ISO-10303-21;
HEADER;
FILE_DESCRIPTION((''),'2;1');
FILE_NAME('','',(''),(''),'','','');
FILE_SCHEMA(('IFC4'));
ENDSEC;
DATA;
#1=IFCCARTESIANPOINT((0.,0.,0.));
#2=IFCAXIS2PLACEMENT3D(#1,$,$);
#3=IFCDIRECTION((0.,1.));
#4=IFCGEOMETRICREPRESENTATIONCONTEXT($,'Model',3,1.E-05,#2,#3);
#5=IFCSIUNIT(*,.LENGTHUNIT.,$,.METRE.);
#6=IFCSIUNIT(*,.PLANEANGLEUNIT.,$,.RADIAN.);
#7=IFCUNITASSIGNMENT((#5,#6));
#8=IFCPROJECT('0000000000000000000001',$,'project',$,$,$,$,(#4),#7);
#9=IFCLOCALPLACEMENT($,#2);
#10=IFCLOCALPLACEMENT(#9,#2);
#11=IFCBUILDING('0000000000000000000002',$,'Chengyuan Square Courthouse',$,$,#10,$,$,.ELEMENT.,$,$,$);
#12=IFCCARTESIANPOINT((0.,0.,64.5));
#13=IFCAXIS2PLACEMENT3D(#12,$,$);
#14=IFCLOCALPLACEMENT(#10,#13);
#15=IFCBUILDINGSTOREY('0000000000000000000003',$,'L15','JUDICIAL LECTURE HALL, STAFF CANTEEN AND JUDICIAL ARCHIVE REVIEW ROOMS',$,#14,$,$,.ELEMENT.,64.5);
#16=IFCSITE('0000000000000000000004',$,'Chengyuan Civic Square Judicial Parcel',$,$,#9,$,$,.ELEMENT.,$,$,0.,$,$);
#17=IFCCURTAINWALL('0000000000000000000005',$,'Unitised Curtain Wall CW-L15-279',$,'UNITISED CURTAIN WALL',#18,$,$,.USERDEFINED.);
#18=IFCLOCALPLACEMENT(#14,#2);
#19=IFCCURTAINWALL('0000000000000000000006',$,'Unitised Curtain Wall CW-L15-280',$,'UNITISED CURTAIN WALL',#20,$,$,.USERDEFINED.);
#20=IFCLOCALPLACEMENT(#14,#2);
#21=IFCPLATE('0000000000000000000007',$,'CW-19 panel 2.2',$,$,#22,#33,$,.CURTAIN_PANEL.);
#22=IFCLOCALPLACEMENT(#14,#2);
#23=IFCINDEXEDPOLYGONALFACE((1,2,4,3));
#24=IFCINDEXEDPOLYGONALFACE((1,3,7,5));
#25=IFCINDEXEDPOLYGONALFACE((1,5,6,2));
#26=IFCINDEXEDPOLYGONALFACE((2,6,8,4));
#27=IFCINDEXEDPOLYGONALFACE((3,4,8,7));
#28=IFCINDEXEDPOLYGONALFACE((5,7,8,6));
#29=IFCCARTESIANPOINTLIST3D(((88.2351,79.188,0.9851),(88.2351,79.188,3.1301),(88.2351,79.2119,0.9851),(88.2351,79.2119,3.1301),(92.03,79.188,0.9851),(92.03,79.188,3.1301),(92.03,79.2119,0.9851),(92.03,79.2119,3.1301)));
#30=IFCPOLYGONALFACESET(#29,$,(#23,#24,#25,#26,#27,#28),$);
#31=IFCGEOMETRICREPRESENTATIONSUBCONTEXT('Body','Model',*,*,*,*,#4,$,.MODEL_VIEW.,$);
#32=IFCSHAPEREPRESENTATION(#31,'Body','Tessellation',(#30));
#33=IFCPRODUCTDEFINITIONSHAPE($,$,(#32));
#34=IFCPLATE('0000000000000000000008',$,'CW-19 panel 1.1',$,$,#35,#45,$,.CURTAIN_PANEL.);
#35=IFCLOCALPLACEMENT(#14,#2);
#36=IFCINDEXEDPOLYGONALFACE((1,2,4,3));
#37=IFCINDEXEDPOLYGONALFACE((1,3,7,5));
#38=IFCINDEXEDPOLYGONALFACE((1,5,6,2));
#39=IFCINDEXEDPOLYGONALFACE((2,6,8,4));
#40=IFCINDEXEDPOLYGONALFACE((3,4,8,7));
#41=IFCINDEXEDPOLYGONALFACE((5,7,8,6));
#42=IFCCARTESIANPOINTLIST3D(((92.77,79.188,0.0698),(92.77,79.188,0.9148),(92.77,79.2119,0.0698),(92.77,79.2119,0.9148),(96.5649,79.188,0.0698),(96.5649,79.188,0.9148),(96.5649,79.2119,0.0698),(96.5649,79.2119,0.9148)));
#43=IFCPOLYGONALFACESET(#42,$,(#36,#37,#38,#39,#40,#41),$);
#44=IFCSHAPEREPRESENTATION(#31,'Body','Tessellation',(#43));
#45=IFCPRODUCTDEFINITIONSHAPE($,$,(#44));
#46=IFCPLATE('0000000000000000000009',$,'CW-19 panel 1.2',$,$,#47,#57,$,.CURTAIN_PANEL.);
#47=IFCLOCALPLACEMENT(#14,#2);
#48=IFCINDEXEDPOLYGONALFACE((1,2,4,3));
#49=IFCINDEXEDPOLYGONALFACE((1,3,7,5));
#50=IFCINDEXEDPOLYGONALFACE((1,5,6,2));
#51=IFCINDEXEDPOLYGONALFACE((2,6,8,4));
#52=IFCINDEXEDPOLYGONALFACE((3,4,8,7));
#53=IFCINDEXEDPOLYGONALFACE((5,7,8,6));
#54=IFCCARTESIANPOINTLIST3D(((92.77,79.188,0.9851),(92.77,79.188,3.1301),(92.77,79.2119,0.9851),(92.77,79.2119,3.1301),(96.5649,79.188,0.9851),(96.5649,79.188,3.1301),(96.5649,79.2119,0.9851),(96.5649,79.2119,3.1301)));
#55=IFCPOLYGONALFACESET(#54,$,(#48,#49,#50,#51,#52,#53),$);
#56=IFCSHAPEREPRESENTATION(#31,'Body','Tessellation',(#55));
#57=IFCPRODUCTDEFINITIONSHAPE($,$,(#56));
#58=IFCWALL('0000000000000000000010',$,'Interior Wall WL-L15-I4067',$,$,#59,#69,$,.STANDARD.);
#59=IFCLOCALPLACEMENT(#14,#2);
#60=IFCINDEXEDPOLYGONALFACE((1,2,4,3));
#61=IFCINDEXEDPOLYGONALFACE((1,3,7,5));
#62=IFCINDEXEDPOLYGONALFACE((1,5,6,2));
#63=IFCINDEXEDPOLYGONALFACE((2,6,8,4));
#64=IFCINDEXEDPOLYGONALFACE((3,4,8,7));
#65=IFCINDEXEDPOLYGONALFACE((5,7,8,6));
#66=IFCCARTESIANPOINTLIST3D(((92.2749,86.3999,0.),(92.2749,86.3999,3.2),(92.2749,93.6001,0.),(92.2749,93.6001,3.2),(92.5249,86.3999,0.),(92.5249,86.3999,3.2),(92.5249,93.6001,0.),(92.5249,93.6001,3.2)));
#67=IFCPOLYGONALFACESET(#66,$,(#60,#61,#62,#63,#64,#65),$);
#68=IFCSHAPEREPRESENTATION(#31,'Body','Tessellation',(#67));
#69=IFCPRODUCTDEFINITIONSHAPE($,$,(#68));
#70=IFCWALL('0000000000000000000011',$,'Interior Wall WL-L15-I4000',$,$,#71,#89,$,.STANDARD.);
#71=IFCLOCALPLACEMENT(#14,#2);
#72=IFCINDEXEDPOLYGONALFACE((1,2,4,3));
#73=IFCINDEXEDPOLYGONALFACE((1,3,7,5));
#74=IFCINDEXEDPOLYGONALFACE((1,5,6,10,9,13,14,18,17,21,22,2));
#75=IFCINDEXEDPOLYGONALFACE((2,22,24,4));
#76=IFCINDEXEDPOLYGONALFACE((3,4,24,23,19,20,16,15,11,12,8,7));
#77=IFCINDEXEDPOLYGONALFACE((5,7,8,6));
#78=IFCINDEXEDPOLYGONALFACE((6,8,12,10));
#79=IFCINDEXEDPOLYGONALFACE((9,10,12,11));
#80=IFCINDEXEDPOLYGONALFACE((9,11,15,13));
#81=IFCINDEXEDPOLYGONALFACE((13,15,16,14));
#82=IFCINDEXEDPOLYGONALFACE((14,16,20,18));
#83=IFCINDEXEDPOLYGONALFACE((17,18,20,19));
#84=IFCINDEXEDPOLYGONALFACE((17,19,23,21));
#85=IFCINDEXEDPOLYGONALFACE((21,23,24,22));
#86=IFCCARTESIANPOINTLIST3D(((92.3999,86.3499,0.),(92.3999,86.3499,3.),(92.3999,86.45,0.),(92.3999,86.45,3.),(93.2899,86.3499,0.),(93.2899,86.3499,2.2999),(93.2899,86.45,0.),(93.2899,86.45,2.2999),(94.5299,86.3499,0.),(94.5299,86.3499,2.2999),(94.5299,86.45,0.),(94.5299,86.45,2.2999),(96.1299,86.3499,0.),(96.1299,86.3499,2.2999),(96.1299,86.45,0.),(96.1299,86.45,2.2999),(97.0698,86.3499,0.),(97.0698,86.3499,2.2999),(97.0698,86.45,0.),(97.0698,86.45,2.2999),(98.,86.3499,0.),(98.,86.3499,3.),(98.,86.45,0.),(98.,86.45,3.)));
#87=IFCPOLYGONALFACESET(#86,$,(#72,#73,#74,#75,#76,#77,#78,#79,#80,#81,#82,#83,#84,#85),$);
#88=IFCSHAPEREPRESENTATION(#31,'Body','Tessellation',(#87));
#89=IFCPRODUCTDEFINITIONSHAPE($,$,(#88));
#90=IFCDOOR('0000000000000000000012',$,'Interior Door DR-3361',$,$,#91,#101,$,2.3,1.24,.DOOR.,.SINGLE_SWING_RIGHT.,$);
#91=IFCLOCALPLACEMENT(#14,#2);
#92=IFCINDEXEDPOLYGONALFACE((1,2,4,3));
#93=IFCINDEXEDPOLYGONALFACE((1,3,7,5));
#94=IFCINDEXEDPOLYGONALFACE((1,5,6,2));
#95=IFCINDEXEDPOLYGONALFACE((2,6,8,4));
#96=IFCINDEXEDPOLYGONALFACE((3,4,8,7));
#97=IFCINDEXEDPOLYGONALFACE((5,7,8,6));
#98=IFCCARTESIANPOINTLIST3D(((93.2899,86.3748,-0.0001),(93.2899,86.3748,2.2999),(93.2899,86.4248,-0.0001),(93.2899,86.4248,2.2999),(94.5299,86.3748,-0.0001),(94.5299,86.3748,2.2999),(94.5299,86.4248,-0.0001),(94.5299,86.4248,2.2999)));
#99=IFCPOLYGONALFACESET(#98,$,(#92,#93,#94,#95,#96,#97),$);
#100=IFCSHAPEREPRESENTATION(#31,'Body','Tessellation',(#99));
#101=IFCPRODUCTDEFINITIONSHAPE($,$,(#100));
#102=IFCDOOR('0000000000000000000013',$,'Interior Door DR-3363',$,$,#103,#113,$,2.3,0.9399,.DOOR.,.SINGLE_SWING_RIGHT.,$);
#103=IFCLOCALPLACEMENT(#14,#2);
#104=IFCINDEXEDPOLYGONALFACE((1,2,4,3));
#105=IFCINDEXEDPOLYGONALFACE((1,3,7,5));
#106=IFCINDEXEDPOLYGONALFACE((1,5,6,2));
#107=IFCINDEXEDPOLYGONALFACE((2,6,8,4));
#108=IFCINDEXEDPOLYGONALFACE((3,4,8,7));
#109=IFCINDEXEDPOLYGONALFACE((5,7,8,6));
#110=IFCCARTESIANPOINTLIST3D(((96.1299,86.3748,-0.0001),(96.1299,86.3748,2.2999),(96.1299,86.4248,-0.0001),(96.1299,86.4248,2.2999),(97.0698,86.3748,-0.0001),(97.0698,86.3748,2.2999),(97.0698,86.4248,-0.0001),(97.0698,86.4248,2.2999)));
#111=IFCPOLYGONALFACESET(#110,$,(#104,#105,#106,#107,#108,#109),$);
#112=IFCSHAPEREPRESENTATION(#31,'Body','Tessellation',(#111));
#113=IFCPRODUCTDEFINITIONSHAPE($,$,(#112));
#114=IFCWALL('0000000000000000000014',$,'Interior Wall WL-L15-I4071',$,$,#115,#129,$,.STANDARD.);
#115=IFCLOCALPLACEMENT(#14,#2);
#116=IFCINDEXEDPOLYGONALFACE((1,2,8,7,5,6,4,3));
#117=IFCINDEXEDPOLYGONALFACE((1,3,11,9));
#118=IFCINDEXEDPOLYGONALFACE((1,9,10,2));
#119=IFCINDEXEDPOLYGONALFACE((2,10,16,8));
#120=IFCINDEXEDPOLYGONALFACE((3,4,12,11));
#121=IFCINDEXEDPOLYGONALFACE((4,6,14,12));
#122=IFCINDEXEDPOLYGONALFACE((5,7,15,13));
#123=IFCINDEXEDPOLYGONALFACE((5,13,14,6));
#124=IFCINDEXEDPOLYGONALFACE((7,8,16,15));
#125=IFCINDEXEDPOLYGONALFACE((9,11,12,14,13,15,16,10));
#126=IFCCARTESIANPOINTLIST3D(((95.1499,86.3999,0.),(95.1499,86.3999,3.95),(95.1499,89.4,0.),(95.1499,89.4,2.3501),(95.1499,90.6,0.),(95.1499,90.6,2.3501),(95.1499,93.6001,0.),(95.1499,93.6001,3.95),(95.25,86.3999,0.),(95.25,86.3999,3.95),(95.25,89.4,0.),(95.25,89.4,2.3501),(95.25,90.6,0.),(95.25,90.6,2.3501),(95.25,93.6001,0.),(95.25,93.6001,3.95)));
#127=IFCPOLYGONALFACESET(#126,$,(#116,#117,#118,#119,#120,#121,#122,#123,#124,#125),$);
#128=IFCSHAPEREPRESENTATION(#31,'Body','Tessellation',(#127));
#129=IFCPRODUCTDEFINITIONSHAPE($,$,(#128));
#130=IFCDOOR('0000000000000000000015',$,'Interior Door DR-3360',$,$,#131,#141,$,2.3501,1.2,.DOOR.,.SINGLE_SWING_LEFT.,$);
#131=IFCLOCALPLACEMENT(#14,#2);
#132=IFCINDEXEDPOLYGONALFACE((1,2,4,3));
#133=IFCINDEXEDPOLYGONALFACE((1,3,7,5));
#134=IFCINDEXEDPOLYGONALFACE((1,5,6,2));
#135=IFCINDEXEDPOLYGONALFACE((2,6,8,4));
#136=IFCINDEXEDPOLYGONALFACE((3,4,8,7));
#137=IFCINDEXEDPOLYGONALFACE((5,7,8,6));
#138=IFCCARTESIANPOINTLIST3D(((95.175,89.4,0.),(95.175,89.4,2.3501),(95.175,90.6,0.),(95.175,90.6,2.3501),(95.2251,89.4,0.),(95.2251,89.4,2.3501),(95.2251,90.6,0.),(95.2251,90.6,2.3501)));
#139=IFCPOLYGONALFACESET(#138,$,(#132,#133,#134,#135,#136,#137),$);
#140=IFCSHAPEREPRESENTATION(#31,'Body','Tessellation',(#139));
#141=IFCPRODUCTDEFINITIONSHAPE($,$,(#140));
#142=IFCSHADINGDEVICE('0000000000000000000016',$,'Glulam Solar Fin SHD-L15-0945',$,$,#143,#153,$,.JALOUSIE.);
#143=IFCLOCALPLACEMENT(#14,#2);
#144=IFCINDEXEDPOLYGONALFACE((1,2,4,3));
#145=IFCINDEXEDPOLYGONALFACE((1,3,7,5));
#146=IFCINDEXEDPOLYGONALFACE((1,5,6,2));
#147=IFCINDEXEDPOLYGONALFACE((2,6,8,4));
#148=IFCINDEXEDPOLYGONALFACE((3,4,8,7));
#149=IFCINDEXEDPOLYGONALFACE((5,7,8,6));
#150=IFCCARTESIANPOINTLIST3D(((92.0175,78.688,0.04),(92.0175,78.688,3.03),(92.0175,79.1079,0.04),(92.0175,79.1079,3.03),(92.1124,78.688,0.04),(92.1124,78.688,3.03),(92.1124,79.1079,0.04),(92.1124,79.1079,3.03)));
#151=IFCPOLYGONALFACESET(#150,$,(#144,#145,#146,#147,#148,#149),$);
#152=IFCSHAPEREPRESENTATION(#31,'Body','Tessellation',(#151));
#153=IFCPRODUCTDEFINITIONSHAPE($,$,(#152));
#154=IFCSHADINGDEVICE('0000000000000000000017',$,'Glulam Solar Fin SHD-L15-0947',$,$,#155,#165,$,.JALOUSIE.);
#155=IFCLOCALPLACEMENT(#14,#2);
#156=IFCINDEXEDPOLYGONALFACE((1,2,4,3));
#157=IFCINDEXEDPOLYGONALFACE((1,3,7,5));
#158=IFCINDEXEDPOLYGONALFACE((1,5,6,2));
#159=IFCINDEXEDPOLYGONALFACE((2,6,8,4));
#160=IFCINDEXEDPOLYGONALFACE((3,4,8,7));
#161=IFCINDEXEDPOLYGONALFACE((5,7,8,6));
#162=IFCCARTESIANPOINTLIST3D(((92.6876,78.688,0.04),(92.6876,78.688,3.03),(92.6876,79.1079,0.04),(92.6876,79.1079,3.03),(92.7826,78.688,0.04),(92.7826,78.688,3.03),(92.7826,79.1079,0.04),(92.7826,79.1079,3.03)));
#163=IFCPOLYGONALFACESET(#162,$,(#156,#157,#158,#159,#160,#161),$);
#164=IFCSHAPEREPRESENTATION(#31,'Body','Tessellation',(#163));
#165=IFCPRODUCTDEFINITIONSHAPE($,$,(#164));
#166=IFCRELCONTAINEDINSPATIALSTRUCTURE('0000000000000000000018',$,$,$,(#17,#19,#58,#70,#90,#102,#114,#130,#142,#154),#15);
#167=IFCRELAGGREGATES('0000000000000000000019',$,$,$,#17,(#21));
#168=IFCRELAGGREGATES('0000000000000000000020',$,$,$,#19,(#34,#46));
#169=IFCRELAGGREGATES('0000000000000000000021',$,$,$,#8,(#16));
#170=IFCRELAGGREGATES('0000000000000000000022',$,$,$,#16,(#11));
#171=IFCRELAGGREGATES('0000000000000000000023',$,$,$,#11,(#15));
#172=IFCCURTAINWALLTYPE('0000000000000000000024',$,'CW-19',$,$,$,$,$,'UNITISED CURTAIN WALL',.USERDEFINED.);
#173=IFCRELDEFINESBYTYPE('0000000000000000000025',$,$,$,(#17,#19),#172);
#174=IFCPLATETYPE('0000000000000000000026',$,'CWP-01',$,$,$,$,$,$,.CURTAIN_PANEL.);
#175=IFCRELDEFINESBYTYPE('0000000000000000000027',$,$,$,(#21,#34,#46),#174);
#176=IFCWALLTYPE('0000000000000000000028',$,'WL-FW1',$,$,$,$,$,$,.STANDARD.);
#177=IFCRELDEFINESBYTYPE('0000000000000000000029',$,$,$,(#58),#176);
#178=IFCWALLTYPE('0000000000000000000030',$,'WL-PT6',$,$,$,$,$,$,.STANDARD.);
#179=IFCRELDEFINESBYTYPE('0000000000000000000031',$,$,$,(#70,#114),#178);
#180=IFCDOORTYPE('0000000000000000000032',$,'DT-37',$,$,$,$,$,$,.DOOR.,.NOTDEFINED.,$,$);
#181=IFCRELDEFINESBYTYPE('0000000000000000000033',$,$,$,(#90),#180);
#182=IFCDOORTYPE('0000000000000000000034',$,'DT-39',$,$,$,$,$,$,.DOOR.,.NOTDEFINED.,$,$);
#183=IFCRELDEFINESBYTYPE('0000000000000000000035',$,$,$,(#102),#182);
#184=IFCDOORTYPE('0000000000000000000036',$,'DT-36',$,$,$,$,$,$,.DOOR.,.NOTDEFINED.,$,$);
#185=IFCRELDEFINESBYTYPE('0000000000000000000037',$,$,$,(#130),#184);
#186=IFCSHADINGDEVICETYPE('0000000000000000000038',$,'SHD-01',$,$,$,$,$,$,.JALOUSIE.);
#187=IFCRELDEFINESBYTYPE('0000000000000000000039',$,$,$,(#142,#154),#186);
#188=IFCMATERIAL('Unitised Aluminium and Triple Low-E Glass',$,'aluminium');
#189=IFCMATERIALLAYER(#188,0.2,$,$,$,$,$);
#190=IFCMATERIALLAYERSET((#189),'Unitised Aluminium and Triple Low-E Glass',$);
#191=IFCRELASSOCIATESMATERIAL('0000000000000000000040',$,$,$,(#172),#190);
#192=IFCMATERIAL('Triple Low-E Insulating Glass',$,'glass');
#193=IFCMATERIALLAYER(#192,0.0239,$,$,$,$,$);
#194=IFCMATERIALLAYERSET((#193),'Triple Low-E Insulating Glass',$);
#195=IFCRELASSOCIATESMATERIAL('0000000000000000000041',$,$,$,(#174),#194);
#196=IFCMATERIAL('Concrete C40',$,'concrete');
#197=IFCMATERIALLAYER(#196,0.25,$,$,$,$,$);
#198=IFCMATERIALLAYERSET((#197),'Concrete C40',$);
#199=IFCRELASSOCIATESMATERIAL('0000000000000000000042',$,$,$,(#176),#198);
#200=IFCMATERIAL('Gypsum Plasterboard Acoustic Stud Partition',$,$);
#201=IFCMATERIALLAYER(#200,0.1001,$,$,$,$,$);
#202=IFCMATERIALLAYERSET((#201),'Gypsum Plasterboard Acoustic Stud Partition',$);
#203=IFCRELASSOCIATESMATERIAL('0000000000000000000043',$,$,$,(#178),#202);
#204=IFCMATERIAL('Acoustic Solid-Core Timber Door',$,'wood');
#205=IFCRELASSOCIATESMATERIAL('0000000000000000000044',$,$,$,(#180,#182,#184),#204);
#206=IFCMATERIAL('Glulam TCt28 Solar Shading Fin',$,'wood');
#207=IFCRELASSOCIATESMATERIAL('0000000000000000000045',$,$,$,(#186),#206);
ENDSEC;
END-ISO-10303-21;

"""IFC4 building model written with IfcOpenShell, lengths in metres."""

from ifc_helpers import new_model, si_unit, direction, frame, frame_2d, origin, origin_2d, place, context, subcontext, project, spatial, rectangle, extrude, material, layer, layer_set, type_object, element, fill, aggregate, save


model = new_model("IFC4")

# Units and contexts
model_context = context("Model", 3, precision=1e-05, world=origin(), true_north=direction((0.0, 1.0)))
body_context = subcontext(model_context, "Body", "Model", "MODEL_VIEW")
ifc_project = project(units=[si_unit("LENGTHUNIT", "METRE"), si_unit("PLANEANGLEUNIT", "RADIAN")], contexts=[model_context])

# Site, building, storey
site_placement = place(None, origin())
site = spatial("IfcSite", under=ifc_project, at=site_placement, Name="Chengyuan Civic Square Judicial Parcel", CompositionType="ELEMENT", RefElevation=0.0)
building_placement = place(site_placement, origin())
building = spatial("IfcBuilding", under=site, at=building_placement, Name="Chengyuan Square Courthouse", CompositionType="ELEMENT")
storey_placement = place(building_placement, frame((0.0, 0.0, 64.5)))
storey = spatial("IfcBuildingStorey", under=building, at=storey_placement, Name="L15", Description="JUDICIAL LECTURE HALL, STAFF CANTEEN AND JUDICIAL ARCHIVE REVIEW ROOMS", CompositionType="ELEMENT", Elevation=64.5)

# Shared definitions
ifc_material_1 = material(Name="Concrete C40", Category="concrete")

# Curtain walls
ifc_material_2 = material(Name="Unitised Aluminium and Triple Low-E Glass", Category="aluminium")
ifc_layer_1 = layer(ifc_material_2, 0.2)
ifc_layer_set_1 = layer_set([ifc_layer_1], Name="Unitised Aluminium and Triple Low-E Glass")
curtain_wall_type = type_object("IfcCurtainWallType", Name="CW-19", ElementType="UNITISED CURTAIN WALL", PredefinedType="USERDEFINED", material=ifc_layer_set_1)
curtain_wall_1_placement = place(storey_placement, origin())
curtain_wall_1 = element("IfcCurtainWall", 1, at=curtain_wall_1_placement, inside=storey, type_object=curtain_wall_type, Name="Unitised Curtain Wall CW-L15-279", ObjectType="UNITISED CURTAIN WALL", PredefinedType="USERDEFINED")
curtain_wall_2_placement = place(storey_placement, origin())
curtain_wall_2 = element("IfcCurtainWall", 2, at=curtain_wall_2_placement, inside=storey, type_object=curtain_wall_type, Name="Unitised Curtain Wall CW-L15-280", ObjectType="UNITISED CURTAIN WALL", PredefinedType="USERDEFINED")

# Plates
ifc_material_3 = material(Name="Triple Low-E Insulating Glass", Category="glass")
ifc_layer_2 = layer(ifc_material_3, 0.0239)
ifc_layer_set_2 = layer_set([ifc_layer_2], Name="Triple Low-E Insulating Glass")
plate_type = type_object("IfcPlateType", Name="CWP-01", PredefinedType="CURTAIN_PANEL", material=ifc_layer_set_2)
plate_1_placement = place(storey_placement, frame((90.1326, 79.2, 0.9851), z_axis=(0.0, 0.0, 1.0), x_axis=(1.0, 0.0, 0.0)))
plate_1 = element("IfcPlate", 3, at=plate_1_placement, type_object=plate_type, Name="CW-19 panel 2.2", PredefinedType="CURTAIN_PANEL", context=body_context, shape_type="SweptSolid", body=[
    extrude(rectangle(XDim=3.7949, YDim=0.0239, at=origin_2d()), origin(), (0.0, 0.0, 1.0), 2.145),
])
aggregate(curtain_wall_1, [plate_1])
plate_2_placement = place(storey_placement, frame((94.6675, 79.2, 0.0698), z_axis=(0.0, 0.0, 1.0), x_axis=(1.0, 0.0, 0.0)))
plate_2 = element("IfcPlate", 4, at=plate_2_placement, type_object=plate_type, Name="CW-19 panel 1.1", PredefinedType="CURTAIN_PANEL", context=body_context, shape_type="SweptSolid", body=[
    extrude(rectangle(XDim=3.7949, YDim=0.0239, at=origin_2d()), origin(), (0.0, 0.0, 1.0), 0.845),
])
plate_3_placement = place(storey_placement, frame((94.6675, 79.2, 0.9851), z_axis=(0.0, 0.0, 1.0), x_axis=(1.0, 0.0, 0.0)))
plate_3 = element("IfcPlate", 5, at=plate_3_placement, type_object=plate_type, Name="CW-19 panel 1.2", PredefinedType="CURTAIN_PANEL", context=body_context, shape_type="SweptSolid", body=[
    extrude(rectangle(XDim=3.7949, YDim=0.0239, at=origin_2d()), origin(), (0.0, 0.0, 1.0), 2.145),
])
aggregate(curtain_wall_2, [plate_2, plate_3])

# Wall
ifc_layer_3 = layer(ifc_material_1, 0.25)
ifc_layer_set_3 = layer_set([ifc_layer_3], Name="Concrete C40")
wall_type_1 = type_object("IfcWallType", Name="WL-FW1", PredefinedType="STANDARD", material=ifc_layer_set_3)
wall_1_placement = place(storey_placement, frame((92.3999, 86.3999, 0.0), z_axis=(0.0, 0.0, 1.0), x_axis=(0.0, 1.0, 0.0)))
element("IfcWall", 6, at=wall_1_placement, inside=storey, type_object=wall_type_1, Name="Interior Wall WL-L15-I4067", PredefinedType="STANDARD", context=body_context, shape_type="SweptSolid", body=[
    extrude(rectangle(XDim=7.2002, YDim=0.25, at=frame_2d((3.6001, 0.0))), origin(), (0.0, 0.0, 1.0), 3.2),
])

# Wall, openings, doors
ifc_material_4 = material(Name="Gypsum Plasterboard Acoustic Stud Partition")
ifc_layer_4 = layer(ifc_material_4, 0.1001)
ifc_layer_set_4 = layer_set([ifc_layer_4], Name="Gypsum Plasterboard Acoustic Stud Partition")
wall_type_2 = type_object("IfcWallType", Name="WL-PT6", PredefinedType="STANDARD", material=ifc_layer_set_4)
wall_2_placement = place(storey_placement, frame((92.3999, 86.3999, 0.0), z_axis=(0.0, 0.0, 1.0), x_axis=(1.0, 0.0, 0.0)))
wall_2 = element("IfcWall", 7, at=wall_2_placement, inside=storey, type_object=wall_type_2, Name="Interior Wall WL-L15-I4000", PredefinedType="STANDARD", context=body_context, shape_type="SweptSolid", body=[
    extrude(rectangle(XDim=5.6001, YDim=0.1001, at=frame_2d((2.8, 0.0))), origin(), (0.0, 0.0, 1.0), 3.0),
])
opening_1_placement = place(wall_2_placement, frame((0.8899, 0.0, 0.0)))
opening_1 = element("IfcOpeningElement", 8, at=opening_1_placement, cuts=wall_2, PredefinedType="OPENING", context=body_context, shape_type="SweptSolid", body=[
    extrude(rectangle(XDim=1.24, YDim=2.3, at=frame_2d((0.6201, 1.1499))), frame((0.0, 0.062, 0.0), z_axis=(0.0, -1.0, 0.0), x_axis=(1.0, 0.0, 0.0)), (0.0, 0.0, 1.0), 0.124),
])
opening_2_placement = place(wall_2_placement, frame((3.73, 0.0, 0.0)))
opening_2 = element("IfcOpeningElement", 9, at=opening_2_placement, cuts=wall_2, PredefinedType="OPENING", context=body_context, shape_type="SweptSolid", body=[
    extrude(rectangle(XDim=0.9399, YDim=2.3, at=frame_2d((0.47, 1.1499))), frame((0.0, 0.062, 0.0), z_axis=(0.0, -1.0, 0.0), x_axis=(1.0, 0.0, 0.0)), (0.0, 0.0, 1.0), 0.124),
])
ifc_material_5 = material(Name="Acoustic Solid-Core Timber Door", Category="wood")
door_type_1 = type_object("IfcDoorType", Name="DT-37", OperationType="NOTDEFINED", PredefinedType="DOOR", material=ifc_material_5)
door_1_placement = place(opening_1_placement, origin())
door_1 = element("IfcDoor", 10, at=door_1_placement, inside=storey, type_object=door_type_1, Name="Interior Door DR-3361", OperationType="SINGLE_SWING_RIGHT", OverallHeight=2.3, OverallWidth=1.24, PredefinedType="DOOR", context=body_context, shape_type="SweptSolid", body=[
    extrude(rectangle(XDim=1.24, YDim=2.3, at=frame_2d((0.6201, 1.1499))), frame((0.0, 0.0249, 0.0), z_axis=(0.0, -1.0, 0.0), x_axis=(1.0, 0.0, 0.0)), (0.0, 0.0, 1.0), 0.05),
])
fill(opening_1, door_1)
door_type_2 = type_object("IfcDoorType", Name="DT-39", OperationType="NOTDEFINED", PredefinedType="DOOR", material=ifc_material_5)
door_2_placement = place(opening_2_placement, origin())
door_2 = element("IfcDoor", 11, at=door_2_placement, inside=storey, type_object=door_type_2, Name="Interior Door DR-3363", OperationType="SINGLE_SWING_RIGHT", OverallHeight=2.3, OverallWidth=0.9399, PredefinedType="DOOR", context=body_context, shape_type="SweptSolid", body=[
    extrude(rectangle(XDim=0.9399, YDim=2.3, at=frame_2d((0.47, 1.1499))), frame((0.0, 0.0249, 0.0), z_axis=(0.0, -1.0, 0.0), x_axis=(1.0, 0.0, 0.0)), (0.0, 0.0, 1.0), 0.05),
])
fill(opening_2, door_2)

# Wall, opening, door
wall_3_placement = place(storey_placement, frame((95.2, 86.3999, 0.0), z_axis=(0.0, 0.0, 1.0), x_axis=(0.0, 1.0, 0.0)))
wall_3 = element("IfcWall", 12, at=wall_3_placement, inside=storey, type_object=wall_type_2, Name="Interior Wall WL-L15-I4071", PredefinedType="STANDARD", context=body_context, shape_type="SweptSolid", body=[
    extrude(rectangle(XDim=7.2002, YDim=0.1001, at=frame_2d((3.6001, 0.0))), origin(), (0.0, 0.0, 1.0), 3.95),
])
opening_3_placement = place(wall_3_placement, frame((3.0, 0.0, 0.0)))
opening_3 = element("IfcOpeningElement", 13, at=opening_3_placement, cuts=wall_3, PredefinedType="OPENING", context=body_context, shape_type="SweptSolid", body=[
    extrude(rectangle(XDim=1.2, YDim=2.3501, at=frame_2d((0.6001, 1.175))), frame((0.0, 0.062, 0.0), z_axis=(0.0, -1.0, 0.0), x_axis=(1.0, 0.0, 0.0)), (0.0, 0.0, 1.0), 0.124),
])
door_type_3 = type_object("IfcDoorType", Name="DT-36", OperationType="NOTDEFINED", PredefinedType="DOOR", material=ifc_material_5)
door_3_placement = place(opening_3_placement, origin())
door_3 = element("IfcDoor", 14, at=door_3_placement, inside=storey, type_object=door_type_3, Name="Interior Door DR-3360", OperationType="SINGLE_SWING_LEFT", OverallHeight=2.3501, OverallWidth=1.2, PredefinedType="DOOR", context=body_context, shape_type="SweptSolid", body=[
    extrude(rectangle(XDim=1.2, YDim=2.3501, at=frame_2d((0.6001, 1.175))), frame((0.0, 0.0249, 0.0), z_axis=(0.0, -1.0, 0.0), x_axis=(1.0, 0.0, 0.0)), (0.0, 0.0, 1.0), 0.05),
])
fill(opening_3, door_3)

# Shading devices
ifc_material_6 = material(Name="Glulam TCt28 Solar Shading Fin", Category="wood")
shading_device_type = type_object("IfcShadingDeviceType", Name="SHD-01", PredefinedType="JALOUSIE", material=ifc_material_6)
for number, where, z_axis, x_axis, name in (
    (15, (92.0649, 78.8979, 0.04), (0.0, 0.0, 1.0), (0.0, 1.0, 0.0), "Glulam Solar Fin SHD-L15-0945"),
    (16, (92.7351, 78.8979, 0.04), (0.0, 0.0, 1.0), (0.0, 1.0, 0.0), "Glulam Solar Fin SHD-L15-0947"),
):
    element("IfcShadingDevice", number, at=place(storey_placement, frame(where, z_axis=z_axis, x_axis=x_axis)), inside=storey, type_object=shading_device_type, Name=name, PredefinedType="JALOUSIE", context=body_context, shape_type="SweptSolid", body=[
        extrude(rectangle(XDim=0.4199, YDim=0.095, at=origin_2d()), origin(), (0.0, 0.0, 1.0), 2.99),
    ])

save(model, "model.ifc")
